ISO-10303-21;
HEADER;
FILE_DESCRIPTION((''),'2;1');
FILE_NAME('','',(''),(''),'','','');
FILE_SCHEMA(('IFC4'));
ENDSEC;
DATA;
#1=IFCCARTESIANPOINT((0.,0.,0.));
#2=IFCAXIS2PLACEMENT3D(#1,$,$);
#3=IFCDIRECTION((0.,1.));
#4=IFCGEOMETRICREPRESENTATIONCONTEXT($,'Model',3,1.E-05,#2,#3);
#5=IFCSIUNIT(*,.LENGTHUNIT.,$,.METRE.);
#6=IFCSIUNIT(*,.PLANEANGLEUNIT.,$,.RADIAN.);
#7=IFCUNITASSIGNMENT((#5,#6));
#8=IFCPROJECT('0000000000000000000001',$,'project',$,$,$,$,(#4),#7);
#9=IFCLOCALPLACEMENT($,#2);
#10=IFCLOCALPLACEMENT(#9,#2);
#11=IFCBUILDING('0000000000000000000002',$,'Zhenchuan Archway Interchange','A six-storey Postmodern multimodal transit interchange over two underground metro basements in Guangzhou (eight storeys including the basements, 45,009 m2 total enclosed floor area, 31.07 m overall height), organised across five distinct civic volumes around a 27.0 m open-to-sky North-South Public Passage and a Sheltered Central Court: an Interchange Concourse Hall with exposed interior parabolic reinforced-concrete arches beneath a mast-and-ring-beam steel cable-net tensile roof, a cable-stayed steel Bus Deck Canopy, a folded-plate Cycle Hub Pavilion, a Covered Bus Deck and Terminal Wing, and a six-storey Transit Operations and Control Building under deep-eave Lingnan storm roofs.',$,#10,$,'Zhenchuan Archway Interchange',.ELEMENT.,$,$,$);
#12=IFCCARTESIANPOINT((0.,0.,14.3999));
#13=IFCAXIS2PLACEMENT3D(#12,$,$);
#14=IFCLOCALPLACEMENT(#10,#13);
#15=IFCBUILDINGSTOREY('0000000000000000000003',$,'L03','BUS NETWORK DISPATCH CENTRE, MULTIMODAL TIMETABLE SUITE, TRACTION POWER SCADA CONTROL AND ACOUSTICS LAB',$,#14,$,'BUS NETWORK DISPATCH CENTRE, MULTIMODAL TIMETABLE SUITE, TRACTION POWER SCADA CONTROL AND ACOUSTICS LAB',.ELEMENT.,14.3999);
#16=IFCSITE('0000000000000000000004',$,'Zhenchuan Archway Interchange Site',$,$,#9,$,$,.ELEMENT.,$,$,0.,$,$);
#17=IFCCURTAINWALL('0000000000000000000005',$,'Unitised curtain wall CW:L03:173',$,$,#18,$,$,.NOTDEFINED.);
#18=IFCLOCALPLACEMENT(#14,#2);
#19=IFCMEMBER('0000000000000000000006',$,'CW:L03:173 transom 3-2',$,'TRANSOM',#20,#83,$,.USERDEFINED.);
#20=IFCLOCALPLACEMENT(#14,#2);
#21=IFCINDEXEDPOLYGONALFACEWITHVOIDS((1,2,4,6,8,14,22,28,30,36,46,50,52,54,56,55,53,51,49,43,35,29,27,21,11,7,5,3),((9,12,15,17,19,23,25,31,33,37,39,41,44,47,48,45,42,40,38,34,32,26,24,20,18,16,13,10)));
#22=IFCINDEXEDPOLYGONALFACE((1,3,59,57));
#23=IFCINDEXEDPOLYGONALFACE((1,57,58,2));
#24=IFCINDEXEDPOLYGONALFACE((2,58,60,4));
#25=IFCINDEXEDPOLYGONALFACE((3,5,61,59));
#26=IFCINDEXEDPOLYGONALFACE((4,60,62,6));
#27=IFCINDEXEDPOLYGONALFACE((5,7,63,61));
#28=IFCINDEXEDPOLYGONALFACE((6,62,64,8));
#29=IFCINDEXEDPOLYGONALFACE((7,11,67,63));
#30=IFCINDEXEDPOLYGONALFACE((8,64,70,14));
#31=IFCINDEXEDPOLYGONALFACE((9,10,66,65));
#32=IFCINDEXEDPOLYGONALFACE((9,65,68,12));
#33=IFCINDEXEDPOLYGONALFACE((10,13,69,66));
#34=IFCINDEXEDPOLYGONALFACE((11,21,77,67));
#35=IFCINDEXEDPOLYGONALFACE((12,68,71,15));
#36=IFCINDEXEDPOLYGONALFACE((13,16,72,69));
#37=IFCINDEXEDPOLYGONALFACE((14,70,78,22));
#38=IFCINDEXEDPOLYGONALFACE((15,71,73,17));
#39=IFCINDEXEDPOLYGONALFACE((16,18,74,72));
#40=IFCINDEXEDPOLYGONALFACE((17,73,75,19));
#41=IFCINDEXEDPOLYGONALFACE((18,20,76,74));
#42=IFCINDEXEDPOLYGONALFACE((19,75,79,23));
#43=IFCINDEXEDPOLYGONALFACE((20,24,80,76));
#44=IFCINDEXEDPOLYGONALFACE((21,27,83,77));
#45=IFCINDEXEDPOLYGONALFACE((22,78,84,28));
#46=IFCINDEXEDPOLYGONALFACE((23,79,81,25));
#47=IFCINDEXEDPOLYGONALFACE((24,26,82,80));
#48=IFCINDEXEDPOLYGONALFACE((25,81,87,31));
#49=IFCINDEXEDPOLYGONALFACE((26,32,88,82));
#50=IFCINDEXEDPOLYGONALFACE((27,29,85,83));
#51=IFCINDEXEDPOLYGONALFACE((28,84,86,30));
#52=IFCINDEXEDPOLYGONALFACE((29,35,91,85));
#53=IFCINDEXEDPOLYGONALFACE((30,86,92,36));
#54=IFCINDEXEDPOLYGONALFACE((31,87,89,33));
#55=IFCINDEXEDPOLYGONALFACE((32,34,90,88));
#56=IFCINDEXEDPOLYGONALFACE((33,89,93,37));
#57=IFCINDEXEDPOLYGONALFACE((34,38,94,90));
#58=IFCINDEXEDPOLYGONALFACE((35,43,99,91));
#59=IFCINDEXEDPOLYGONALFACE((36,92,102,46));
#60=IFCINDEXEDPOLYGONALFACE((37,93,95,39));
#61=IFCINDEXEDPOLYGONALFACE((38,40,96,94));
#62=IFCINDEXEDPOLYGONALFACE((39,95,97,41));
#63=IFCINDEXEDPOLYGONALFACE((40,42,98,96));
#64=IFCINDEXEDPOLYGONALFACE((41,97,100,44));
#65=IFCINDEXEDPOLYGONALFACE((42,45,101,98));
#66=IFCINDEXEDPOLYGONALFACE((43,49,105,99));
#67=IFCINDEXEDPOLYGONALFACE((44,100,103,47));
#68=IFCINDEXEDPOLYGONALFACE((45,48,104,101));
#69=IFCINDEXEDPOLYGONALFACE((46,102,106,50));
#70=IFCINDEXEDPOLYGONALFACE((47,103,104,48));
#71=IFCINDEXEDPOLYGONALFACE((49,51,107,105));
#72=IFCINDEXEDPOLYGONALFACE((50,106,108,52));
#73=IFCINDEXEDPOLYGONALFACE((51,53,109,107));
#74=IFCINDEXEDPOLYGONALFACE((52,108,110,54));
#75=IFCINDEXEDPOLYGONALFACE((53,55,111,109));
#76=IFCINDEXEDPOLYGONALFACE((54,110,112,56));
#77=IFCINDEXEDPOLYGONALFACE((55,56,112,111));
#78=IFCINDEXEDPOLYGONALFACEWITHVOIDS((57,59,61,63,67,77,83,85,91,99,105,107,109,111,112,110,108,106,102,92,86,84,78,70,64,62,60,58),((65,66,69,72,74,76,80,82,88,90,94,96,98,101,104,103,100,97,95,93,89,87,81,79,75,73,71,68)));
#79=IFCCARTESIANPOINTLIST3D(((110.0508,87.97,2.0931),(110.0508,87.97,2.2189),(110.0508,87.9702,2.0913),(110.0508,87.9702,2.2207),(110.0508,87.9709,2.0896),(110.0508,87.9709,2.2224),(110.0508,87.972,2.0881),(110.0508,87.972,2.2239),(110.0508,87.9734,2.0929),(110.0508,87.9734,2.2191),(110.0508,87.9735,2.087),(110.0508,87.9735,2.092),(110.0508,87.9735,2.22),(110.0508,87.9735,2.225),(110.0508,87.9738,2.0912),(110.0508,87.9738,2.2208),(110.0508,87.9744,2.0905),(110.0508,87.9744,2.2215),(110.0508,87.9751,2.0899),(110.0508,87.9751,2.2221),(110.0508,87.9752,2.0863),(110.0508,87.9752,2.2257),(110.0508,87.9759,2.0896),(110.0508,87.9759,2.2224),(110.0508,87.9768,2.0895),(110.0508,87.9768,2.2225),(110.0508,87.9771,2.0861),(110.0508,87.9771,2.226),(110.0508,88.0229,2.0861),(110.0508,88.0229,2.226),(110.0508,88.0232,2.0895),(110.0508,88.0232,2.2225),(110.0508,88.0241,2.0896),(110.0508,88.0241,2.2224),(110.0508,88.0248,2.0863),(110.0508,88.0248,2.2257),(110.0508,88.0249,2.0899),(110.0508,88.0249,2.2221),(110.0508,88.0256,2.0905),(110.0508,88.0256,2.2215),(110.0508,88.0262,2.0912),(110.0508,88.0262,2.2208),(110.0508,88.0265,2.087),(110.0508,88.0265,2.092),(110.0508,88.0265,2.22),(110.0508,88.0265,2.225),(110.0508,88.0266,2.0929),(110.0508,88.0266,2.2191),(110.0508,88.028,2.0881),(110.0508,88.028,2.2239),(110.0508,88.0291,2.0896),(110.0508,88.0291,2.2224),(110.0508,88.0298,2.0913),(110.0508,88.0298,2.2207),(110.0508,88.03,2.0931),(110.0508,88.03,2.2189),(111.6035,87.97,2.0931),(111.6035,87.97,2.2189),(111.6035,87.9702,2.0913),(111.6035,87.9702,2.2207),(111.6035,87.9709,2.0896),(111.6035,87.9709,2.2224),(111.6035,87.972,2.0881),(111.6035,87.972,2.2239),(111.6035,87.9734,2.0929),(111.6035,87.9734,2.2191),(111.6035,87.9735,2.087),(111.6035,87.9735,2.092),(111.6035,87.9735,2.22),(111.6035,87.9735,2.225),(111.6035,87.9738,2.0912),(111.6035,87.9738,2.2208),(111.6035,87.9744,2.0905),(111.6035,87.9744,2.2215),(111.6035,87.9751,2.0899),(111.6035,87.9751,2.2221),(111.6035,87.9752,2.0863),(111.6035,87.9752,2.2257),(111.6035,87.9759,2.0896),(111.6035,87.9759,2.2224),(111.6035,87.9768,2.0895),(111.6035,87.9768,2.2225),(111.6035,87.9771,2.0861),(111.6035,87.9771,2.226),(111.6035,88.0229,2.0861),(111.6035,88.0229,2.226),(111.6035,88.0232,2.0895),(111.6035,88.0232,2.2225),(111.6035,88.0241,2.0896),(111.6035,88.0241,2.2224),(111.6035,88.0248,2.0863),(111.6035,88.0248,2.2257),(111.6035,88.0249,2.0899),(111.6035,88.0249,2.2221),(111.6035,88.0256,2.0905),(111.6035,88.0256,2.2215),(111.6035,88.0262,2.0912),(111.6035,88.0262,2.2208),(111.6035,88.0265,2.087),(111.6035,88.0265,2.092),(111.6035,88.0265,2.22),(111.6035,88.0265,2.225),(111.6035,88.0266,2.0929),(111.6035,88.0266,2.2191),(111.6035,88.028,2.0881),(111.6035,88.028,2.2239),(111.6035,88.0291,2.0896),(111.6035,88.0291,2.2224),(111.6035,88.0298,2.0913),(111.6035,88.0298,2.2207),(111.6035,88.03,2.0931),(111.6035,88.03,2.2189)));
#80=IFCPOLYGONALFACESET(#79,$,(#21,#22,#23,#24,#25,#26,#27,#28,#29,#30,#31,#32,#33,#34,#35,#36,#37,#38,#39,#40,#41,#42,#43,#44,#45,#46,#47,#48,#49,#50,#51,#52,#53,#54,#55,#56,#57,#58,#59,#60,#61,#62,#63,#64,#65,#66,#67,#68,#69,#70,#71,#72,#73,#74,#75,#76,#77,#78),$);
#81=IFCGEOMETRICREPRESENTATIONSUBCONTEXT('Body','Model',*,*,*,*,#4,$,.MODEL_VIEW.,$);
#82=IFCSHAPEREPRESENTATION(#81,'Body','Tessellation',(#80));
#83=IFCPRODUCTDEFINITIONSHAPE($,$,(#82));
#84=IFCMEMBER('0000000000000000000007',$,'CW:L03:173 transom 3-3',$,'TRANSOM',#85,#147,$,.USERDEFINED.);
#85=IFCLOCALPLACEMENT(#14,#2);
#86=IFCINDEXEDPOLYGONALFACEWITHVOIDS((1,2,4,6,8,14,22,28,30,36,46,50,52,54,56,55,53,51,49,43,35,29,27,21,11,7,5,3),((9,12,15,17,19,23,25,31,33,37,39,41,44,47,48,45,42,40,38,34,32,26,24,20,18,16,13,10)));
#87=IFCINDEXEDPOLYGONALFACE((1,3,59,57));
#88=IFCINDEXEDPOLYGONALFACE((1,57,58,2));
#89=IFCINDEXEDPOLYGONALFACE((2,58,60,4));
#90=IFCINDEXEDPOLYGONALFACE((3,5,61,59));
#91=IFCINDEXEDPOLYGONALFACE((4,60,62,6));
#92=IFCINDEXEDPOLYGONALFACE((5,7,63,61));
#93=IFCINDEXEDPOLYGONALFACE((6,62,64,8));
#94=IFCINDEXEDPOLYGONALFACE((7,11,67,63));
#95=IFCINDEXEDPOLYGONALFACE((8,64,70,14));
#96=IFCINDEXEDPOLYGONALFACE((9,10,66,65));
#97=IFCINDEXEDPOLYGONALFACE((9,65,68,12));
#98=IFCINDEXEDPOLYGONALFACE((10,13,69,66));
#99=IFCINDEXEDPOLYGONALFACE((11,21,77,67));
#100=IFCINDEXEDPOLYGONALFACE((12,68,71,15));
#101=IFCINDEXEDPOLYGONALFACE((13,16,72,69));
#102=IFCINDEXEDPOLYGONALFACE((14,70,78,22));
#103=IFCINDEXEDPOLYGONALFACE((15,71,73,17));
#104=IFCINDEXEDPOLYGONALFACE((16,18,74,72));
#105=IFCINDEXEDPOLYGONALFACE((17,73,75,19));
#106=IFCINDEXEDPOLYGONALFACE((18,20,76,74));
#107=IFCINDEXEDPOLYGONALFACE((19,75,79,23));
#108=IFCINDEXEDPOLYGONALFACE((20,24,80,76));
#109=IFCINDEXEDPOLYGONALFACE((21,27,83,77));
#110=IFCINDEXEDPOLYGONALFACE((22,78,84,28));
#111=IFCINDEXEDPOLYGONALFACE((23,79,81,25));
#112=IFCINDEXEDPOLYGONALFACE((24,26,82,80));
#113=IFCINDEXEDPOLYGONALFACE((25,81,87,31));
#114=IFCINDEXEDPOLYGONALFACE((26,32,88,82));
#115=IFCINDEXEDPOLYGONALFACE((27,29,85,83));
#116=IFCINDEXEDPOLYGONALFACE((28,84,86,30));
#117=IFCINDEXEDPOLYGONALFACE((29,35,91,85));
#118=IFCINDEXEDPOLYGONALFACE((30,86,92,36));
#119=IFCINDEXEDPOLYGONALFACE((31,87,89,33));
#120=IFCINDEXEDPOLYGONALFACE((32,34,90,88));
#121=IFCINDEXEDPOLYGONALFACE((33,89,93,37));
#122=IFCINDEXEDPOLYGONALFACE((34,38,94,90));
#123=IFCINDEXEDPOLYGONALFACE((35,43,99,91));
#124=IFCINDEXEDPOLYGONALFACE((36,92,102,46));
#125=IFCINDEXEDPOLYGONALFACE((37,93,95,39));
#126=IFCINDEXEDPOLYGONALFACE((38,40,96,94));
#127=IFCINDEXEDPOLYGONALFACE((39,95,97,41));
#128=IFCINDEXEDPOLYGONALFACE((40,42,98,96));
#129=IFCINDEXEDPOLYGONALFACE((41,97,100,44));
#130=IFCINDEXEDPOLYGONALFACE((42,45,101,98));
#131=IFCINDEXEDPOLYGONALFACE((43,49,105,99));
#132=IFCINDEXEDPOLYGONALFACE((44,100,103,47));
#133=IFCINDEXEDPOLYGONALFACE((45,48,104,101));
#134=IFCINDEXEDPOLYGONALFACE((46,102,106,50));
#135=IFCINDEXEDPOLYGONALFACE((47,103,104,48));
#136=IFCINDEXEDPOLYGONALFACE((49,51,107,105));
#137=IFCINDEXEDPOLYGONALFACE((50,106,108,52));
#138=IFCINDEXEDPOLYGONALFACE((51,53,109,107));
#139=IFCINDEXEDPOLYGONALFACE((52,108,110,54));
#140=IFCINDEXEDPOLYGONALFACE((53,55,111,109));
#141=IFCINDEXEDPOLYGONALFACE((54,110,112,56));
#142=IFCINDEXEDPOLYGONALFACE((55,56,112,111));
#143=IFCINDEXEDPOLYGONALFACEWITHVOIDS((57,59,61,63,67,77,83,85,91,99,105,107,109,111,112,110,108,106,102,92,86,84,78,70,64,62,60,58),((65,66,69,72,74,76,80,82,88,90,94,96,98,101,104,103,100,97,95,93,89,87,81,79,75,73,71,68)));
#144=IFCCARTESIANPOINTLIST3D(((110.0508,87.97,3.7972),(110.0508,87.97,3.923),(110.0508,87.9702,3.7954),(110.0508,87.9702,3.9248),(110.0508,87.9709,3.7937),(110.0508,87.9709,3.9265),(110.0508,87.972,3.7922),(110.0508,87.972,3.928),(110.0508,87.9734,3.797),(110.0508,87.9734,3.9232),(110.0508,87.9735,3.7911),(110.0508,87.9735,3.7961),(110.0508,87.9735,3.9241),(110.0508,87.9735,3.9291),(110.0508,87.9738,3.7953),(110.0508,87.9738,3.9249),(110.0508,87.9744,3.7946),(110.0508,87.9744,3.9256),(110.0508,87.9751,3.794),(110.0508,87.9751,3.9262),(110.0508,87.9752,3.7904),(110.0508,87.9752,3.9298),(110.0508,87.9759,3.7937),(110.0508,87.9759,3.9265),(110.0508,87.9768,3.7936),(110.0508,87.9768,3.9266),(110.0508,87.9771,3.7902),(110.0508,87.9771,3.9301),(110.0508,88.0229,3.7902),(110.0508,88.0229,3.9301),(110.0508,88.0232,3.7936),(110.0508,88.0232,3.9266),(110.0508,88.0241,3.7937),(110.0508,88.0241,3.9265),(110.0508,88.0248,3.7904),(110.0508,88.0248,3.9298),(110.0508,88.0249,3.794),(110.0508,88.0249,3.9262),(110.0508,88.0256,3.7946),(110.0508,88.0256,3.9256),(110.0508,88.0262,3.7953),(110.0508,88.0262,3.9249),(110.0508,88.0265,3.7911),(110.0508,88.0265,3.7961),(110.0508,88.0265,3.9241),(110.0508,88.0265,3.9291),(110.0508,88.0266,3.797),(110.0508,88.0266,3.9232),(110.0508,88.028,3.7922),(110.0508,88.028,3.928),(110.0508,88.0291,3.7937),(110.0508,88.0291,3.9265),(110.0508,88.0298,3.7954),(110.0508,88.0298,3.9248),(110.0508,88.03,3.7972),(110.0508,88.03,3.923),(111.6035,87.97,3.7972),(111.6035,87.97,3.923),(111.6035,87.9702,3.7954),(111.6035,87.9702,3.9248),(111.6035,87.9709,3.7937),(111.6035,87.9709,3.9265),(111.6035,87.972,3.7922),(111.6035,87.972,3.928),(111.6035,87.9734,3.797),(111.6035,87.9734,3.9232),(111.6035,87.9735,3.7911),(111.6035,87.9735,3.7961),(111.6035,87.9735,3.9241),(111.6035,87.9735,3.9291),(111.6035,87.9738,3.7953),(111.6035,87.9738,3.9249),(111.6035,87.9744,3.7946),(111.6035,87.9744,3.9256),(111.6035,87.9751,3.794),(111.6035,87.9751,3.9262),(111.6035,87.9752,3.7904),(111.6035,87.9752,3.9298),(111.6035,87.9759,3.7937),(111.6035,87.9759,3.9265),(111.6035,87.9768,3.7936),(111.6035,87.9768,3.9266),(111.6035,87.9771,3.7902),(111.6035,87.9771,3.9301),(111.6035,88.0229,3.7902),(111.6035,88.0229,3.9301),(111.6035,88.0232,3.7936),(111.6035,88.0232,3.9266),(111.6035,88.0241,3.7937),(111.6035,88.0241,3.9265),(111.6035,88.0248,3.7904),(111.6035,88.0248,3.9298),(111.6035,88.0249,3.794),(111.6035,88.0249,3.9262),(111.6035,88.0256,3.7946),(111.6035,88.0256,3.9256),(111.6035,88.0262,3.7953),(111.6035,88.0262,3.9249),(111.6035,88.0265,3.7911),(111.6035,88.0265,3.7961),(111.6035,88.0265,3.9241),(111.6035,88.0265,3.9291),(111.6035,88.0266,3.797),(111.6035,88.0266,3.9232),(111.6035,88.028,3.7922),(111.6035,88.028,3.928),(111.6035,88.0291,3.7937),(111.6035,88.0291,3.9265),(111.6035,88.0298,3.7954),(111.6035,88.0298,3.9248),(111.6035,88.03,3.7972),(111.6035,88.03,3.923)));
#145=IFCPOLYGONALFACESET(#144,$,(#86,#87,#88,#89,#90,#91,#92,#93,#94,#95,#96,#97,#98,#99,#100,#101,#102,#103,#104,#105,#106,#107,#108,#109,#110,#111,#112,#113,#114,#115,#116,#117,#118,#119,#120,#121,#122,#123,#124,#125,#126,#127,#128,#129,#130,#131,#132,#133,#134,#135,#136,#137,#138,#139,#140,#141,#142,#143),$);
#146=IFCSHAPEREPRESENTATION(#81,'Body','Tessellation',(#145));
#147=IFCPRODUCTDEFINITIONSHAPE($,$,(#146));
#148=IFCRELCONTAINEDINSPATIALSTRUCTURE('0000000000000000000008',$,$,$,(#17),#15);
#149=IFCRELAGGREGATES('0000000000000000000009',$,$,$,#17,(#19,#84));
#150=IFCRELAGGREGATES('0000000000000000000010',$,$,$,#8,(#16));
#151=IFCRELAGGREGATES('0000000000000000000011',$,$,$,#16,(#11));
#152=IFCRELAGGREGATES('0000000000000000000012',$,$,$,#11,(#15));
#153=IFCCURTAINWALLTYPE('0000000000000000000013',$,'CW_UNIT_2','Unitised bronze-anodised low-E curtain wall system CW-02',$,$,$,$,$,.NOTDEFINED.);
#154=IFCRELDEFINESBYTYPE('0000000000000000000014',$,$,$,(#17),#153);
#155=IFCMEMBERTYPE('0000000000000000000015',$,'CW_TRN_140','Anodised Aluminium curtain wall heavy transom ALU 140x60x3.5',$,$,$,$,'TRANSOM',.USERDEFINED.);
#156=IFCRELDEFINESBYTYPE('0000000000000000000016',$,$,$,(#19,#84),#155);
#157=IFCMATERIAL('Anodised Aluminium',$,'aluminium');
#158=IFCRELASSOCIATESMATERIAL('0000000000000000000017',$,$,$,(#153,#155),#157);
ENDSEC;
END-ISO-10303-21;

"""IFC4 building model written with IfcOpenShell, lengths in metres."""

from ifc_helpers import new_model, si_unit, direction, frame, origin, origin_2d, place, context, subcontext, project, spatial, hollow_rectangle, extrude, material, material_profile, profile_set, type_object, element, aggregate, save


model = new_model("IFC4")

# Units and contexts
model_context = context("Model", 3, precision=1e-05, world=origin(), true_north=direction((0.0, 1.0)))
body_context = subcontext(model_context, "Body", "Model", "MODEL_VIEW")
ifc_project = project(units=[si_unit("LENGTHUNIT", "METRE"), si_unit("PLANEANGLEUNIT", "RADIAN")], contexts=[model_context])

# Site, building, storey
site_placement = place(None, origin())
site = spatial("IfcSite", under=ifc_project, at=site_placement, Name="Zhenchuan Archway Interchange Site", CompositionType="ELEMENT", RefElevation=0.0)
building_placement = place(site_placement, origin())
building = spatial("IfcBuilding", under=site, at=building_placement, Name="Zhenchuan Archway Interchange", Description="A six-storey Postmodern multimodal transit interchange over two underground metro basements in Guangzhou (eight storeys including the basements, 45,009 m2 total enclosed floor area, 31.07 m overall height), organised across five distinct civic volumes around a 27.0 m open-to-sky North-South Public Passage and a Sheltered Central Court: an Interchange Concourse Hall with exposed interior parabolic reinforced-concrete arches beneath a mast-and-ring-beam steel cable-net tensile roof, a cable-stayed steel Bus Deck Canopy, a folded-plate Cycle Hub Pavilion, a Covered Bus Deck and Terminal Wing, and a six-storey Transit Operations and Control Building under deep-eave Lingnan storm roofs.", LongName="Zhenchuan Archway Interchange", CompositionType="ELEMENT")
storey_placement = place(building_placement, frame((0.0, 0.0, 14.3999)))
storey = spatial("IfcBuildingStorey", under=building, at=storey_placement, Name="L03", Description="BUS NETWORK DISPATCH CENTRE, MULTIMODAL TIMETABLE SUITE, TRACTION POWER SCADA CONTROL AND ACOUSTICS LAB", LongName="BUS NETWORK DISPATCH CENTRE, MULTIMODAL TIMETABLE SUITE, TRACTION POWER SCADA CONTROL AND ACOUSTICS LAB", CompositionType="ELEMENT", Elevation=14.3999)

# Curtain wall, members
ifc_material_1 = material(Name="Anodised Aluminium", Category="aluminium")
curtain_wall_type = type_object("IfcCurtainWallType", Name="CW_UNIT_2", Description="Unitised bronze-anodised low-E curtain wall system CW-02", PredefinedType="NOTDEFINED", material=ifc_material_1)
curtain_wall_placement = place(storey_placement, origin())
curtain_wall = element("IfcCurtainWall", 1, at=curtain_wall_placement, inside=storey, type_object=curtain_wall_type, Name="Unitised curtain wall CW:L03:173", PredefinedType="NOTDEFINED")
ifc_material_profile_1 = material_profile(ifc_material_1, hollow_rectangle(XDim=0.0601, YDim=0.1399, WallThickness=0.0034, InnerFilletRadius=0.0034, OuterFilletRadius=0.0071, at=origin_2d()), Name="ALU 140x60x3.5")
ifc_profile_set_1 = profile_set([ifc_material_profile_1], Name="Anodised Aluminium")
member_type_1 = type_object("IfcMemberType", Name="CW_TRN_140", Description="Anodised Aluminium curtain wall heavy transom ALU 140x60x3.5", ElementType="TRANSOM", PredefinedType="USERDEFINED", material=ifc_profile_set_1)
member_1_placement = place(storey_placement, frame((111.6035, 88.0, 2.156), z_axis=(-1.0, 0.0, 0.0), x_axis=(0.0, -1.0, 0.0)))
member_1 = element("IfcMember", 2, at=member_1_placement, type_object=member_type_1, Name="CW:L03:173 transom 3-2", ObjectType="TRANSOM", PredefinedType="USERDEFINED", context=body_context, shape_type="SweptSolid", body=[
    extrude(hollow_rectangle(XDim=0.0601, YDim=0.1399, WallThickness=0.0034, InnerFilletRadius=0.0034, OuterFilletRadius=0.0071, at=origin_2d()), origin(), (0.0, 0.0, 1.0), 1.5527),
])
member_2_placement = place(storey_placement, frame((111.6035, 88.0, 3.8601), z_axis=(-1.0, 0.0, 0.0), x_axis=(0.0, -1.0, 0.0)))
member_2 = element("IfcMember", 3, at=member_2_placement, type_object=member_type_1, Name="CW:L03:173 transom 3-3", ObjectType="TRANSOM", PredefinedType="USERDEFINED", context=body_context, shape_type="SweptSolid", body=[
    extrude(hollow_rectangle(XDim=0.0601, YDim=0.1399, WallThickness=0.0034, InnerFilletRadius=0.0034, OuterFilletRadius=0.0071, at=origin_2d()), origin(), (0.0, 0.0, 1.0), 1.5527),
])

aggregate(curtain_wall, [member_1, member_2])

save(model, "model.ifc")
